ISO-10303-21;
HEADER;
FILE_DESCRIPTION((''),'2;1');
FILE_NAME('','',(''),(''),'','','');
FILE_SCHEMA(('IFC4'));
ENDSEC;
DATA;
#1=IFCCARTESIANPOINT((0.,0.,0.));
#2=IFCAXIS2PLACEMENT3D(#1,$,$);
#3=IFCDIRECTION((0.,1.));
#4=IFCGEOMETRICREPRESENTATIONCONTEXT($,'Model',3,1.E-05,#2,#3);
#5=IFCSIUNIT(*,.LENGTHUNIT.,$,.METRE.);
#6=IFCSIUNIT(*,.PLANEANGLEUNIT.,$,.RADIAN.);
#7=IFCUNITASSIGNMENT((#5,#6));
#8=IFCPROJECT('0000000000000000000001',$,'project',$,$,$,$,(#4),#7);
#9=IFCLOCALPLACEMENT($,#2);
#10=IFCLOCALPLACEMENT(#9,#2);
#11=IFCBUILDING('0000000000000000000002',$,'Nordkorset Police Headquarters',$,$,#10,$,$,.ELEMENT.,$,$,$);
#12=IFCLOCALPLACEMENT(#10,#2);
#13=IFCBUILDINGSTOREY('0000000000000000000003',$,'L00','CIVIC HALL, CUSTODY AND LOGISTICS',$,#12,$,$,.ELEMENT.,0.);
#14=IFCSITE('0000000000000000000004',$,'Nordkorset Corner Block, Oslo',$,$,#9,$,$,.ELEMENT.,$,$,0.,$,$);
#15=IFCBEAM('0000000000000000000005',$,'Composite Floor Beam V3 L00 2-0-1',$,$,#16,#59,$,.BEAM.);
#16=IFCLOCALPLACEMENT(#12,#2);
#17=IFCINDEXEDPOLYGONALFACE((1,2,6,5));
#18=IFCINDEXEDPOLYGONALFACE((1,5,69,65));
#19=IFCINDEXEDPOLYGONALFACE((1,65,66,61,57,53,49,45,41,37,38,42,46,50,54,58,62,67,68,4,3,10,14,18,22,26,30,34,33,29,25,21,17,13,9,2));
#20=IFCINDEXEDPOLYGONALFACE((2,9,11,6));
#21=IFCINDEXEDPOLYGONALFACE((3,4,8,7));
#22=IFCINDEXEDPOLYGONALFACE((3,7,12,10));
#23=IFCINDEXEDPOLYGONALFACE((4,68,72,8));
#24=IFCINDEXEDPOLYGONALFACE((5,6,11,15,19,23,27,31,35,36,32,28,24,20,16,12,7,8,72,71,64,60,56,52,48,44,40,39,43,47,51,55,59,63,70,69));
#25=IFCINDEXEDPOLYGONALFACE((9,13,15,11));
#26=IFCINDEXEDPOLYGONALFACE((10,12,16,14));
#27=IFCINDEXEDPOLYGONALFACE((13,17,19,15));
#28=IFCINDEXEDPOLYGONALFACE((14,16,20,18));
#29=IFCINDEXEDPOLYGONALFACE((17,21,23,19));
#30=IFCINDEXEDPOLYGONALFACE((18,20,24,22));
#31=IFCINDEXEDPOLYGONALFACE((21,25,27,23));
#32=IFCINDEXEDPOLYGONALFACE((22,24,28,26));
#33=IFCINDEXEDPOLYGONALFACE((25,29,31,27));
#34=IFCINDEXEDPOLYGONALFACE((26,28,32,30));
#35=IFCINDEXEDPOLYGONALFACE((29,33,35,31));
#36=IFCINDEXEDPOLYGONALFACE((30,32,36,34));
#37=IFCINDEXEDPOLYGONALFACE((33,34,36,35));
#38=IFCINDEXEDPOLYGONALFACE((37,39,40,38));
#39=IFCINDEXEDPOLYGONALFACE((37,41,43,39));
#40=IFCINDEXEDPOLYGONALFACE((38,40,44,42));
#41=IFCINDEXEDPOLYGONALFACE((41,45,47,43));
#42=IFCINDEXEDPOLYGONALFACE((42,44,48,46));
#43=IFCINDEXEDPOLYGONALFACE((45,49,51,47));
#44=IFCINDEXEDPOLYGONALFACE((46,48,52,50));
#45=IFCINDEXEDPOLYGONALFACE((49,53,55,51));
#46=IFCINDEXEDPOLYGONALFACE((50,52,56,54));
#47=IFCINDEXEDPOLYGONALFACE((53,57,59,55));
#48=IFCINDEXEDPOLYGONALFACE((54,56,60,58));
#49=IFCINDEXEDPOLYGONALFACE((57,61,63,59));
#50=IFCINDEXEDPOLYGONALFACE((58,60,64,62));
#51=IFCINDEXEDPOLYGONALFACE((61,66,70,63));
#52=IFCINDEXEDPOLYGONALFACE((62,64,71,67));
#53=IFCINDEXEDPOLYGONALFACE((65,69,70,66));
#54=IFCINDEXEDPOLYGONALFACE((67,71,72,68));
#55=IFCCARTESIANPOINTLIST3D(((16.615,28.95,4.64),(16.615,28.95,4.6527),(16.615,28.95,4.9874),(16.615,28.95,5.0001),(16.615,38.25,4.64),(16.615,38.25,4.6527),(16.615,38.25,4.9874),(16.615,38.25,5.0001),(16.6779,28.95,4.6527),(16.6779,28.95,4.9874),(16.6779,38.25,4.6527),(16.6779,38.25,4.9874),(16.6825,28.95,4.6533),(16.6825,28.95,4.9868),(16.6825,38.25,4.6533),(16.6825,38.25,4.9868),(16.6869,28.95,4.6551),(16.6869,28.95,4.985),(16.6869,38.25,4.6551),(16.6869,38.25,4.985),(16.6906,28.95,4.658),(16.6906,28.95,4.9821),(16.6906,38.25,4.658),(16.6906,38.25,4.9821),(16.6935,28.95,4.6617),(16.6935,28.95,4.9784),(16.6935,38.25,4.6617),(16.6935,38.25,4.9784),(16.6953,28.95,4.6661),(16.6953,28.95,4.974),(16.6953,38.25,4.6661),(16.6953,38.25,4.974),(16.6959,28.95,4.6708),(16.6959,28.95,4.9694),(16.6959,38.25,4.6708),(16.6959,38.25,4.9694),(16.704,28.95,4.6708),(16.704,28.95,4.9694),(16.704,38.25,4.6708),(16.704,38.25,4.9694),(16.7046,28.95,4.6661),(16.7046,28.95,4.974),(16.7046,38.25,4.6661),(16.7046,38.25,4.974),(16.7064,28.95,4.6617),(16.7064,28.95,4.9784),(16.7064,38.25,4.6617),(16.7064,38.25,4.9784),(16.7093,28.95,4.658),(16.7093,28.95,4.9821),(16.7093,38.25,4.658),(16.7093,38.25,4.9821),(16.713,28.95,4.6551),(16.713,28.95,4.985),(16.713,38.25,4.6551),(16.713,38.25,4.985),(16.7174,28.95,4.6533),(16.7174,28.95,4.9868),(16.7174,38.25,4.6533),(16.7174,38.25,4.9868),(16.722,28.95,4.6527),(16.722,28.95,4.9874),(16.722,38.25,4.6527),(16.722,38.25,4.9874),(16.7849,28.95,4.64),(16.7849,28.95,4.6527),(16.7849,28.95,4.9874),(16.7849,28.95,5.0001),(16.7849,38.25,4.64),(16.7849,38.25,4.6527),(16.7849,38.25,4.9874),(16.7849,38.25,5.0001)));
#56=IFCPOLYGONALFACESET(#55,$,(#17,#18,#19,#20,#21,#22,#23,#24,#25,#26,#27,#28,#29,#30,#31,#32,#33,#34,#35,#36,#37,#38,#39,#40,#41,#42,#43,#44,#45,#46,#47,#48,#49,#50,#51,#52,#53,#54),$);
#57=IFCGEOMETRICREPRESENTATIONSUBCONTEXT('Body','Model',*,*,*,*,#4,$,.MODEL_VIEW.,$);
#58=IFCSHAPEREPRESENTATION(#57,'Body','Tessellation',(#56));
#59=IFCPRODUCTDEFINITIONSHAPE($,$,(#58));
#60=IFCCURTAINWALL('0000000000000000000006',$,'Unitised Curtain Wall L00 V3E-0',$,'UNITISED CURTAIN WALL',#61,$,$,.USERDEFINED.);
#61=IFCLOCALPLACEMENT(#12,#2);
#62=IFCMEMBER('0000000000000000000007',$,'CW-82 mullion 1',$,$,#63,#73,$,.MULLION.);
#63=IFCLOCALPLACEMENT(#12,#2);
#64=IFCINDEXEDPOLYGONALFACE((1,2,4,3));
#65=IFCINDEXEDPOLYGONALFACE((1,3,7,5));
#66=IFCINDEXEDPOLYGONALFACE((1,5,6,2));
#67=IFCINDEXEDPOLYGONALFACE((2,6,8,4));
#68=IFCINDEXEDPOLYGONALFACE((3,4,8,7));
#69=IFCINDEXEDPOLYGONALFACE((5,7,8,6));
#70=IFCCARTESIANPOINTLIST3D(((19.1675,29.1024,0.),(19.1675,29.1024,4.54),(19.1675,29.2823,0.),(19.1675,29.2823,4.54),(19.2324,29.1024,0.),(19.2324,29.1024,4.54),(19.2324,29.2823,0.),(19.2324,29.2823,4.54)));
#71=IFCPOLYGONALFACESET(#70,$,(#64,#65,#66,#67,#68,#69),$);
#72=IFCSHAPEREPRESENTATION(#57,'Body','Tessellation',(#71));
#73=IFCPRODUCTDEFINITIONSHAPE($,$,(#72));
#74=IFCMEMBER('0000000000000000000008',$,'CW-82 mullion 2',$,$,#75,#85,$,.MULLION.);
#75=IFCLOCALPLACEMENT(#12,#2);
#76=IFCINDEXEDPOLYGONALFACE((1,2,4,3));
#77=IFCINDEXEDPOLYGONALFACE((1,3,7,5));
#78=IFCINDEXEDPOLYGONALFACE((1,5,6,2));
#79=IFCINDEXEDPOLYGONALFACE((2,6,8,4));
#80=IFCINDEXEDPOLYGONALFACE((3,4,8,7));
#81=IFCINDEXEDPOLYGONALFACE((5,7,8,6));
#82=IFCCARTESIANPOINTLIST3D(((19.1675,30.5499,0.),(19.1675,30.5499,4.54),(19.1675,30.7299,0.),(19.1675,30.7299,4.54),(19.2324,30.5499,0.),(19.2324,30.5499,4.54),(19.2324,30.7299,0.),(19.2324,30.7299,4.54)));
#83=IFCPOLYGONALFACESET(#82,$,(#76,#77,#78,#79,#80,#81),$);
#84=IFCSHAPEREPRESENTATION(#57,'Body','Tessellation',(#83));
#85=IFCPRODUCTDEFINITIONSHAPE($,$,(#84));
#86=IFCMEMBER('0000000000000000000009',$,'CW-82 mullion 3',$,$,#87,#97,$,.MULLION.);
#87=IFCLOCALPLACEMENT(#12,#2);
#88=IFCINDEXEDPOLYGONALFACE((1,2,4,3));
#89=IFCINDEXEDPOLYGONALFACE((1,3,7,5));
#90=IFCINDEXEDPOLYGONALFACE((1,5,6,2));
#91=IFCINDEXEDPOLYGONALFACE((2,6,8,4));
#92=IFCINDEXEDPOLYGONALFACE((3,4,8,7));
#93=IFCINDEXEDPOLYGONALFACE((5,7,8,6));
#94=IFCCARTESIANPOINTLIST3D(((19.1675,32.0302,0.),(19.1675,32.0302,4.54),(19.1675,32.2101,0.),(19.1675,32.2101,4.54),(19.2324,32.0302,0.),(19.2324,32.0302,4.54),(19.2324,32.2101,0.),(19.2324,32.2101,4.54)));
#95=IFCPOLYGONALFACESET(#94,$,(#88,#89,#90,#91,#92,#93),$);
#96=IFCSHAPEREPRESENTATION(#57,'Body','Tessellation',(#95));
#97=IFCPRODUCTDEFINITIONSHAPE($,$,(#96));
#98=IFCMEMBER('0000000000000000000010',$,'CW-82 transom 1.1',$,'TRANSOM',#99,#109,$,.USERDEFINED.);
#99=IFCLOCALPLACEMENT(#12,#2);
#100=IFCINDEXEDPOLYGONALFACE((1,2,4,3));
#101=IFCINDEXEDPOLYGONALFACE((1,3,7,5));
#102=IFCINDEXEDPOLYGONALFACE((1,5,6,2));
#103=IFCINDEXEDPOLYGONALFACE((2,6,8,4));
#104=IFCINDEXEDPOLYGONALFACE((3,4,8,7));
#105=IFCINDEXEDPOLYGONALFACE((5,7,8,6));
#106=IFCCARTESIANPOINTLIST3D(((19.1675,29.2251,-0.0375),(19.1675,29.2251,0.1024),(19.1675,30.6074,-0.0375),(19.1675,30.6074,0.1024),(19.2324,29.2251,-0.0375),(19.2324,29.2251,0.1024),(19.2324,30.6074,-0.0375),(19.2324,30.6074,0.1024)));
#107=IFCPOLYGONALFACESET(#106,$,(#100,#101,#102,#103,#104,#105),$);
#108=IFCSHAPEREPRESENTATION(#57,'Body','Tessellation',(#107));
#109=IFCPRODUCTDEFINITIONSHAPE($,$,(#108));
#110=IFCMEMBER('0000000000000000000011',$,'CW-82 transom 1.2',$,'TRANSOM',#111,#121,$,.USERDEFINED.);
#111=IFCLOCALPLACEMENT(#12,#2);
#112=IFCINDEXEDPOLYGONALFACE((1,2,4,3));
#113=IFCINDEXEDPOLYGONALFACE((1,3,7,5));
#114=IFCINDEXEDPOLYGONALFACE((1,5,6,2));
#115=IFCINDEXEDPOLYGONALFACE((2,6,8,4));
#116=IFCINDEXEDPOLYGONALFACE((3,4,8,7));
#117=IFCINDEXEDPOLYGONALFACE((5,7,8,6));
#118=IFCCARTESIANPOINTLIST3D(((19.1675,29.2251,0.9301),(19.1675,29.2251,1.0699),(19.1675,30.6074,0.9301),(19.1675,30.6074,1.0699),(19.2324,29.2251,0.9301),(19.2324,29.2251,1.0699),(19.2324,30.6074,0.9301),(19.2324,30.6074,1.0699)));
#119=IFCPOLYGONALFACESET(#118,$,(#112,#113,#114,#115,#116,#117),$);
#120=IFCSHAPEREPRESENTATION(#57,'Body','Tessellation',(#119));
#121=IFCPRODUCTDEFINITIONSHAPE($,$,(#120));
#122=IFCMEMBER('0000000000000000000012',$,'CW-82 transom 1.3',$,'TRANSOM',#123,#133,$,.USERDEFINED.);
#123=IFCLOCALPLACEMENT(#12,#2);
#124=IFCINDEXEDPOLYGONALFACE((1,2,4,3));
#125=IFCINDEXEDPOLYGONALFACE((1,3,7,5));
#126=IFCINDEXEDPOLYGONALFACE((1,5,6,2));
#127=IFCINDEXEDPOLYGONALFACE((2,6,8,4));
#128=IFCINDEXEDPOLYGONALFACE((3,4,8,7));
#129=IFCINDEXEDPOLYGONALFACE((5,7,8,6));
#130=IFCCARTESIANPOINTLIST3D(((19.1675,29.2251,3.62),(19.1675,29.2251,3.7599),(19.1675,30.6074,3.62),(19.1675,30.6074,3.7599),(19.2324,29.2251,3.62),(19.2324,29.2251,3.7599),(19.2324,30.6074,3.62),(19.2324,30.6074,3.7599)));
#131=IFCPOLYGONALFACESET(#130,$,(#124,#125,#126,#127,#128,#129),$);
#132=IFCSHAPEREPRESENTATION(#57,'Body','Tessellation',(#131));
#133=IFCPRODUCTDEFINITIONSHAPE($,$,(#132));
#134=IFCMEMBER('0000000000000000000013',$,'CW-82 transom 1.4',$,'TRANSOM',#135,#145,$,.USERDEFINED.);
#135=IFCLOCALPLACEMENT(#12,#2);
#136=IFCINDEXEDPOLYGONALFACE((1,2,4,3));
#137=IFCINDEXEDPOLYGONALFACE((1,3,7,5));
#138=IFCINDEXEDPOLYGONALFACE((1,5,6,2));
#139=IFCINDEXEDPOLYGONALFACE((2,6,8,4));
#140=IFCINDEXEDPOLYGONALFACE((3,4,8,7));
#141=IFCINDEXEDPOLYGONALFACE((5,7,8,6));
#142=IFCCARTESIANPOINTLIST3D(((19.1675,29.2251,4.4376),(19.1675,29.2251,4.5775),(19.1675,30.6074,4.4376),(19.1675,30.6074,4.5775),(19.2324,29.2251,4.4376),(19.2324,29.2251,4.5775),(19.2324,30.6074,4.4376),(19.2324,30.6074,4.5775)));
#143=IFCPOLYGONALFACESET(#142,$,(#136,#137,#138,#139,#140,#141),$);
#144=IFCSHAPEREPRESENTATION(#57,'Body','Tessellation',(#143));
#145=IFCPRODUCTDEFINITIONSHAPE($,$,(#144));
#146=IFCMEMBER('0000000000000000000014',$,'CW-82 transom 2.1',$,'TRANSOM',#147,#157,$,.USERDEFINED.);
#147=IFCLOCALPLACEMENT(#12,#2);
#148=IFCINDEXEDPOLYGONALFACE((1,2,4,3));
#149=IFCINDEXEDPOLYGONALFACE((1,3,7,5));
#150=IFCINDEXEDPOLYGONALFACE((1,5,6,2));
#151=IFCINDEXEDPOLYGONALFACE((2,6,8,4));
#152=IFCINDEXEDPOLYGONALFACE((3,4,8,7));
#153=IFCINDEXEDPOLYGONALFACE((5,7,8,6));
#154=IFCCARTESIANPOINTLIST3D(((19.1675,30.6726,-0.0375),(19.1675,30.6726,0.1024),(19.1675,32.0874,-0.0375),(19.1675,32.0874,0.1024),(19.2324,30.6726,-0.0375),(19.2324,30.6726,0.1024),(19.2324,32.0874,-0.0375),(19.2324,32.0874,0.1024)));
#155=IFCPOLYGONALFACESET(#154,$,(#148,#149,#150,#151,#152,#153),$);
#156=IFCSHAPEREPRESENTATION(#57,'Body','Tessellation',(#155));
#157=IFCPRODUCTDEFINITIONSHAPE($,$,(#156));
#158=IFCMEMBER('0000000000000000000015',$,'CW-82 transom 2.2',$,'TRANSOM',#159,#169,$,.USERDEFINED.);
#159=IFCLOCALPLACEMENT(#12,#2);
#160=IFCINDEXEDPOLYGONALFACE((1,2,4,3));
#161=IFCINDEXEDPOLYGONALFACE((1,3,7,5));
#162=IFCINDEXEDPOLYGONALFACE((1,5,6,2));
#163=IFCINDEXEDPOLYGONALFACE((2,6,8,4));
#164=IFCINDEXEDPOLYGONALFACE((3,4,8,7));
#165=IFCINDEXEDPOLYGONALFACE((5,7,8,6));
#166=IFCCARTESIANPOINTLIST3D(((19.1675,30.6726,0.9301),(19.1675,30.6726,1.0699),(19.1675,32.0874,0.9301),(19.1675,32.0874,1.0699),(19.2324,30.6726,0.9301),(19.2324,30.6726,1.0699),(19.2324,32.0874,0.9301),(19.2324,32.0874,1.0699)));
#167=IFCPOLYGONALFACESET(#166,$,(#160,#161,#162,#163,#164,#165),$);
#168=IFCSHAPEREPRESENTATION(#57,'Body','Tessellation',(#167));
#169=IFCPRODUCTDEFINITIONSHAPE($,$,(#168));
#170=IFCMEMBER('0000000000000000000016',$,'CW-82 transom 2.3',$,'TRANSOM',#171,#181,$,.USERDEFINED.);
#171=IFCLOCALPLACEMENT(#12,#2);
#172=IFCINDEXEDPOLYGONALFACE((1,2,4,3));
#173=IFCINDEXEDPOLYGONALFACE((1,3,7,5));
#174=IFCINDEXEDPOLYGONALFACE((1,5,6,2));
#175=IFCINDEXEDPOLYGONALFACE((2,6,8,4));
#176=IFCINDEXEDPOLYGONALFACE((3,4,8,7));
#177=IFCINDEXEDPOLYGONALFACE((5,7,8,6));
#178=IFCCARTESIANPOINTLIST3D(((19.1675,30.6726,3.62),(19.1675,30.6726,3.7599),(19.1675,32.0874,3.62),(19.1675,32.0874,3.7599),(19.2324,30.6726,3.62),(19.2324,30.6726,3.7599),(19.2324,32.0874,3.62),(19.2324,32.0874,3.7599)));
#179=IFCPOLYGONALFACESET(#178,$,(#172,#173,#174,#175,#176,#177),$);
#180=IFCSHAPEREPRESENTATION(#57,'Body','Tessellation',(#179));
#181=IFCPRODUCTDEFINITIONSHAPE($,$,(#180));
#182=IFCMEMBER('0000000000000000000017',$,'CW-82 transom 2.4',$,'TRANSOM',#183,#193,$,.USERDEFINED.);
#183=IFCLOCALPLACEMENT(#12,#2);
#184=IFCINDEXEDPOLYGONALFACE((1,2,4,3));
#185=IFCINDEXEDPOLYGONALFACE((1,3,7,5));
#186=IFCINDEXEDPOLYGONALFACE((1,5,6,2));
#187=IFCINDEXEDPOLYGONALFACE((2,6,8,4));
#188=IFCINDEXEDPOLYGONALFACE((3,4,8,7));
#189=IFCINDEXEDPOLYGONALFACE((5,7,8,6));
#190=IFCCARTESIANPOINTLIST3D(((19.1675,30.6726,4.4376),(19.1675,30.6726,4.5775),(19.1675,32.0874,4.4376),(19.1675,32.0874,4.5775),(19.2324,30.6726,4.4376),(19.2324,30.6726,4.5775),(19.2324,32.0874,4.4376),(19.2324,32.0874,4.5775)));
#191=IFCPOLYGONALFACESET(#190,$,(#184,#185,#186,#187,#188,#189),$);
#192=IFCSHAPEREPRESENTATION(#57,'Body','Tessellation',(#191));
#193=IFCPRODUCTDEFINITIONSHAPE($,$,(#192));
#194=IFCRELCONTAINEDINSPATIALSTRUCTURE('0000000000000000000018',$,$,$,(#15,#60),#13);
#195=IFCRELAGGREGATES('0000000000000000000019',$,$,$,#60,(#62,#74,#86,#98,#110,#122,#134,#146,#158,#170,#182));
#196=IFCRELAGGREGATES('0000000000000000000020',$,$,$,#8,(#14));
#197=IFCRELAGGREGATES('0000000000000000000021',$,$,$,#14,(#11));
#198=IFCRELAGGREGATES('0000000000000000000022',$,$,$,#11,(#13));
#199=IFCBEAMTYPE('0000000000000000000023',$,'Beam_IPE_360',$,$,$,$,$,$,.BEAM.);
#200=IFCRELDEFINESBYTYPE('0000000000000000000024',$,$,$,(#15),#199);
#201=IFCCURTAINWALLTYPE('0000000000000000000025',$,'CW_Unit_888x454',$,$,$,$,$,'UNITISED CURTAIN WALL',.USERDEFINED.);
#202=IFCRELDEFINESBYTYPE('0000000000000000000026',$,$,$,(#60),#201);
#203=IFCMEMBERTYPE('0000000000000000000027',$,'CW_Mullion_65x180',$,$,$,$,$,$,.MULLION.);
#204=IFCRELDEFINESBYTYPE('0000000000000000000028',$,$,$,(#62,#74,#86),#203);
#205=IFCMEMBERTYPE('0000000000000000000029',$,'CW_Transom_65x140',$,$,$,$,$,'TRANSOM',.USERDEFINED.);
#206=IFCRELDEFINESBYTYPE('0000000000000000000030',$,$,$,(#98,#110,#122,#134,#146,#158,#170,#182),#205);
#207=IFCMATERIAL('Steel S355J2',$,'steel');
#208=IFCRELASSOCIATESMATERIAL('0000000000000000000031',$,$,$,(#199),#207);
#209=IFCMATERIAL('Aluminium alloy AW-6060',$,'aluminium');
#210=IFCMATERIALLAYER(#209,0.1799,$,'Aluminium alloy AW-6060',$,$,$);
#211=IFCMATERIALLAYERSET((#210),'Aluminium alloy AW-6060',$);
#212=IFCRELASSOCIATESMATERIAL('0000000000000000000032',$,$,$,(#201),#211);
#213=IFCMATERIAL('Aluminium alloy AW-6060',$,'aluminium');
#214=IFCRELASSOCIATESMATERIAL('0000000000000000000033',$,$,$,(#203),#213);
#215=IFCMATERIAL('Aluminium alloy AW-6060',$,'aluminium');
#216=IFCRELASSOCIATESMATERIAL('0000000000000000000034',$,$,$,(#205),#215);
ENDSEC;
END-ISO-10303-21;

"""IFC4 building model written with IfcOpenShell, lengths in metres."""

from ifc_helpers import new_model, si_unit, direction, frame, origin, origin_2d, place, context, subcontext, project, spatial, rectangle, i_section, extrude, material, layer, layer_set, material_profile, profile_set, type_object, element, aggregate, save


model = new_model("IFC4")

# Units and contexts
model_context = context("Model", 3, precision=1e-05, world=origin(), true_north=direction((0.0, 1.0)))
body_context = subcontext(model_context, "Body", "Model", "MODEL_VIEW")
ifc_project = project(units=[si_unit("LENGTHUNIT", "METRE"), si_unit("PLANEANGLEUNIT", "RADIAN")], contexts=[model_context])

# Site, building, storey
site_placement = place(None, origin())
site = spatial("IfcSite", under=ifc_project, at=site_placement, Name="Nordkorset Corner Block, Oslo", CompositionType="ELEMENT", RefElevation=0.0)
building_placement = place(site_placement, origin())
building = spatial("IfcBuilding", under=site, at=building_placement, Name="Nordkorset Police Headquarters", CompositionType="ELEMENT")
storey_placement = place(building_placement, origin())
storey = spatial("IfcBuildingStorey", under=building, at=storey_placement, Name="L00", Description="CIVIC HALL, CUSTODY AND LOGISTICS", CompositionType="ELEMENT", Elevation=0.0)

# Beam
ifc_material_1 = material(Name="Steel S355J2", Category="steel")
ifc_material_profile_1 = material_profile(ifc_material_1, i_section(OverallWidth=0.1699, OverallDepth=0.3601, WebThickness=0.0081, FlangeThickness=0.0127, FilletRadius=0.0181, at=origin_2d()), Name="IPE 360")
ifc_profile_set_1 = profile_set([ifc_material_profile_1], Name="Steel S355J2")
beam_type_1 = type_object("IfcBeamType", Name="Beam_IPE_360", PredefinedType="BEAM", material=ifc_profile_set_1)
beam_1_placement = place(storey_placement, frame((16.7, 28.95, 4.8201), z_axis=(0.0, 1.0, 0.0), x_axis=(-1.0, 0.0, 0.0)))
element("IfcBeam", 1, at=beam_1_placement, inside=storey, type_object=beam_type_1, Name="Composite Floor Beam V3 L00 2-0-1", PredefinedType="BEAM", context=body_context, shape_type="SweptSolid", body=[
    extrude(i_section(OverallWidth=0.1699, OverallDepth=0.3601, WebThickness=0.0081, FlangeThickness=0.0127, FilletRadius=0.0181, at=origin_2d()), origin(), (0.0, 0.0, 1.0), 9.3),
])

# Curtain wall, members
ifc_material_2 = material(Name="Aluminium alloy AW-6060", Category="aluminium")
ifc_layer_1 = layer(ifc_material_2, 0.1799, Name="Aluminium alloy AW-6060")
ifc_layer_set_1 = layer_set([ifc_layer_1], Name="Aluminium alloy AW-6060")
curtain_wall_type = type_object("IfcCurtainWallType", Name="CW_Unit_888x454", ElementType="UNITISED CURTAIN WALL", PredefinedType="USERDEFINED", material=ifc_layer_set_1)
curtain_wall_placement = place(storey_placement, origin())
curtain_wall = element("IfcCurtainWall", 2, at=curtain_wall_placement, inside=storey, type_object=curtain_wall_type, Name="Unitised Curtain Wall L00 V3E-0", ObjectType="UNITISED CURTAIN WALL", PredefinedType="USERDEFINED")
ifc_material_3 = material(Name="Aluminium alloy AW-6060", Category="aluminium")
ifc_material_profile_2 = material_profile(ifc_material_3, rectangle(XDim=0.0649, YDim=0.1799, at=origin_2d()), Name="ALU MULL 65x180")
ifc_profile_set_2 = profile_set([ifc_material_profile_2], Name="Aluminium alloy AW-6060")
member_type_1 = type_object("IfcMemberType", Name="CW_Mullion_65x180", PredefinedType="MULLION", material=ifc_profile_set_2)
member_1_placement = place(storey_placement, frame((19.2, 29.1924, 0.0), z_axis=(0.0, 0.0, 1.0), x_axis=(-1.0, 0.0, 0.0)))
member_1 = element("IfcMember", 3, at=member_1_placement, type_object=member_type_1, Name="CW-82 mullion 1", PredefinedType="MULLION", context=body_context, shape_type="SweptSolid", body=[
    extrude(rectangle(XDim=0.0649, YDim=0.1799, at=origin_2d()), origin(), (0.0, 0.0, 1.0), 4.54),
])
member_2_placement = place(storey_placement, frame((19.2, 30.6399, 0.0), z_axis=(0.0, 0.0, 1.0), x_axis=(-1.0, 0.0, 0.0)))
member_2 = element("IfcMember", 4, at=member_2_placement, type_object=member_type_1, Name="CW-82 mullion 2", PredefinedType="MULLION", context=body_context, shape_type="SweptSolid", body=[
    extrude(rectangle(XDim=0.0649, YDim=0.1799, at=origin_2d()), origin(), (0.0, 0.0, 1.0), 4.54),
])
member_3_placement = place(storey_placement, frame((19.2, 32.1201, 0.0), z_axis=(0.0, 0.0, 1.0), x_axis=(-1.0, 0.0, 0.0)))
member_3 = element("IfcMember", 5, at=member_3_placement, type_object=member_type_1, Name="CW-82 mullion 3", PredefinedType="MULLION", context=body_context, shape_type="SweptSolid", body=[
    extrude(rectangle(XDim=0.0649, YDim=0.1799, at=origin_2d()), origin(), (0.0, 0.0, 1.0), 4.54),
])
ifc_material_4 = material(Name="Aluminium alloy AW-6060", Category="aluminium")
ifc_material_profile_3 = material_profile(ifc_material_4, rectangle(XDim=0.0649, YDim=0.1399, at=origin_2d()), Name="ALU TRAN 65x140")
ifc_profile_set_3 = profile_set([ifc_material_profile_3], Name="Aluminium alloy AW-6060")
member_type_2 = type_object("IfcMemberType", Name="CW_Transom_65x140", ElementType="TRANSOM", PredefinedType="USERDEFINED", material=ifc_profile_set_3)
member_4_placement = place(storey_placement, frame((19.2, 29.2251, 0.0325), z_axis=(0.0, 1.0, 0.0), x_axis=(-1.0, 0.0, 0.0)))
member_4 = element("IfcMember", 6, at=member_4_placement, type_object=member_type_2, Name="CW-82 transom 1.1", ObjectType="TRANSOM", PredefinedType="USERDEFINED", context=body_context, shape_type="SweptSolid", body=[
    extrude(rectangle(XDim=0.0649, YDim=0.1399, at=origin_2d()), origin(), (0.0, 0.0, 1.0), 1.3823),
])
member_5_placement = place(storey_placement, frame((19.2, 29.2251, 1.0), z_axis=(0.0, 1.0, 0.0), x_axis=(-1.0, 0.0, 0.0)))
member_5 = element("IfcMember", 7, at=member_5_placement, type_object=member_type_2, Name="CW-82 transom 1.2", ObjectType="TRANSOM", PredefinedType="USERDEFINED", context=body_context, shape_type="SweptSolid", body=[
    extrude(rectangle(XDim=0.0649, YDim=0.1399, at=origin_2d()), origin(), (0.0, 0.0, 1.0), 1.3823),
])
member_6_placement = place(storey_placement, frame((19.2, 29.2251, 3.6899), z_axis=(0.0, 1.0, 0.0), x_axis=(-1.0, 0.0, 0.0)))
member_6 = element("IfcMember", 8, at=member_6_placement, type_object=member_type_2, Name="CW-82 transom 1.3", ObjectType="TRANSOM", PredefinedType="USERDEFINED", context=body_context, shape_type="SweptSolid", body=[
    extrude(rectangle(XDim=0.0649, YDim=0.1399, at=origin_2d()), origin(), (0.0, 0.0, 1.0), 1.3823),
])
member_7_placement = place(storey_placement, frame((19.2, 29.2251, 4.5076), z_axis=(0.0, 1.0, 0.0), x_axis=(-1.0, 0.0, 0.0)))
member_7 = element("IfcMember", 9, at=member_7_placement, type_object=member_type_2, Name="CW-82 transom 1.4", ObjectType="TRANSOM", PredefinedType="USERDEFINED", context=body_context, shape_type="SweptSolid", body=[
    extrude(rectangle(XDim=0.0649, YDim=0.1399, at=origin_2d()), origin(), (0.0, 0.0, 1.0), 1.3823),
])
member_8_placement = place(storey_placement, frame((19.2, 30.6726, 0.0325), z_axis=(0.0, 1.0, 0.0), x_axis=(-1.0, 0.0, 0.0)))
member_8 = element("IfcMember", 10, at=member_8_placement, type_object=member_type_2, Name="CW-82 transom 2.1", ObjectType="TRANSOM", PredefinedType="USERDEFINED", context=body_context, shape_type="SweptSolid", body=[
    extrude(rectangle(XDim=0.0649, YDim=0.1399, at=origin_2d()), origin(), (0.0, 0.0, 1.0), 1.4148),
])
member_9_placement = place(storey_placement, frame((19.2, 30.6726, 1.0), z_axis=(0.0, 1.0, 0.0), x_axis=(-1.0, 0.0, 0.0)))
member_9 = element("IfcMember", 11, at=member_9_placement, type_object=member_type_2, Name="CW-82 transom 2.2", ObjectType="TRANSOM", PredefinedType="USERDEFINED", context=body_context, shape_type="SweptSolid", body=[
    extrude(rectangle(XDim=0.0649, YDim=0.1399, at=origin_2d()), origin(), (0.0, 0.0, 1.0), 1.4148),
])
member_10_placement = place(storey_placement, frame((19.2, 30.6726, 3.6899), z_axis=(0.0, 1.0, 0.0), x_axis=(-1.0, 0.0, 0.0)))
member_10 = element("IfcMember", 12, at=member_10_placement, type_object=member_type_2, Name="CW-82 transom 2.3", ObjectType="TRANSOM", PredefinedType="USERDEFINED", context=body_context, shape_type="SweptSolid", body=[
    extrude(rectangle(XDim=0.0649, YDim=0.1399, at=origin_2d()), origin(), (0.0, 0.0, 1.0), 1.4148),
])
member_11_placement = place(storey_placement, frame((19.2, 30.6726, 4.5076), z_axis=(0.0, 1.0, 0.0), x_axis=(-1.0, 0.0, 0.0)))
member_11 = element("IfcMember", 13, at=member_11_placement, type_object=member_type_2, Name="CW-82 transom 2.4", ObjectType="TRANSOM", PredefinedType="USERDEFINED", context=body_context, shape_type="SweptSolid", body=[
    extrude(rectangle(XDim=0.0649, YDim=0.1399, at=origin_2d()), origin(), (0.0, 0.0, 1.0), 1.4148),
])

aggregate(curtain_wall, [member_1, member_2, member_3, member_4, member_5, member_6, member_7, member_8, member_9, member_10, member_11])

save(model, "model.ifc")
